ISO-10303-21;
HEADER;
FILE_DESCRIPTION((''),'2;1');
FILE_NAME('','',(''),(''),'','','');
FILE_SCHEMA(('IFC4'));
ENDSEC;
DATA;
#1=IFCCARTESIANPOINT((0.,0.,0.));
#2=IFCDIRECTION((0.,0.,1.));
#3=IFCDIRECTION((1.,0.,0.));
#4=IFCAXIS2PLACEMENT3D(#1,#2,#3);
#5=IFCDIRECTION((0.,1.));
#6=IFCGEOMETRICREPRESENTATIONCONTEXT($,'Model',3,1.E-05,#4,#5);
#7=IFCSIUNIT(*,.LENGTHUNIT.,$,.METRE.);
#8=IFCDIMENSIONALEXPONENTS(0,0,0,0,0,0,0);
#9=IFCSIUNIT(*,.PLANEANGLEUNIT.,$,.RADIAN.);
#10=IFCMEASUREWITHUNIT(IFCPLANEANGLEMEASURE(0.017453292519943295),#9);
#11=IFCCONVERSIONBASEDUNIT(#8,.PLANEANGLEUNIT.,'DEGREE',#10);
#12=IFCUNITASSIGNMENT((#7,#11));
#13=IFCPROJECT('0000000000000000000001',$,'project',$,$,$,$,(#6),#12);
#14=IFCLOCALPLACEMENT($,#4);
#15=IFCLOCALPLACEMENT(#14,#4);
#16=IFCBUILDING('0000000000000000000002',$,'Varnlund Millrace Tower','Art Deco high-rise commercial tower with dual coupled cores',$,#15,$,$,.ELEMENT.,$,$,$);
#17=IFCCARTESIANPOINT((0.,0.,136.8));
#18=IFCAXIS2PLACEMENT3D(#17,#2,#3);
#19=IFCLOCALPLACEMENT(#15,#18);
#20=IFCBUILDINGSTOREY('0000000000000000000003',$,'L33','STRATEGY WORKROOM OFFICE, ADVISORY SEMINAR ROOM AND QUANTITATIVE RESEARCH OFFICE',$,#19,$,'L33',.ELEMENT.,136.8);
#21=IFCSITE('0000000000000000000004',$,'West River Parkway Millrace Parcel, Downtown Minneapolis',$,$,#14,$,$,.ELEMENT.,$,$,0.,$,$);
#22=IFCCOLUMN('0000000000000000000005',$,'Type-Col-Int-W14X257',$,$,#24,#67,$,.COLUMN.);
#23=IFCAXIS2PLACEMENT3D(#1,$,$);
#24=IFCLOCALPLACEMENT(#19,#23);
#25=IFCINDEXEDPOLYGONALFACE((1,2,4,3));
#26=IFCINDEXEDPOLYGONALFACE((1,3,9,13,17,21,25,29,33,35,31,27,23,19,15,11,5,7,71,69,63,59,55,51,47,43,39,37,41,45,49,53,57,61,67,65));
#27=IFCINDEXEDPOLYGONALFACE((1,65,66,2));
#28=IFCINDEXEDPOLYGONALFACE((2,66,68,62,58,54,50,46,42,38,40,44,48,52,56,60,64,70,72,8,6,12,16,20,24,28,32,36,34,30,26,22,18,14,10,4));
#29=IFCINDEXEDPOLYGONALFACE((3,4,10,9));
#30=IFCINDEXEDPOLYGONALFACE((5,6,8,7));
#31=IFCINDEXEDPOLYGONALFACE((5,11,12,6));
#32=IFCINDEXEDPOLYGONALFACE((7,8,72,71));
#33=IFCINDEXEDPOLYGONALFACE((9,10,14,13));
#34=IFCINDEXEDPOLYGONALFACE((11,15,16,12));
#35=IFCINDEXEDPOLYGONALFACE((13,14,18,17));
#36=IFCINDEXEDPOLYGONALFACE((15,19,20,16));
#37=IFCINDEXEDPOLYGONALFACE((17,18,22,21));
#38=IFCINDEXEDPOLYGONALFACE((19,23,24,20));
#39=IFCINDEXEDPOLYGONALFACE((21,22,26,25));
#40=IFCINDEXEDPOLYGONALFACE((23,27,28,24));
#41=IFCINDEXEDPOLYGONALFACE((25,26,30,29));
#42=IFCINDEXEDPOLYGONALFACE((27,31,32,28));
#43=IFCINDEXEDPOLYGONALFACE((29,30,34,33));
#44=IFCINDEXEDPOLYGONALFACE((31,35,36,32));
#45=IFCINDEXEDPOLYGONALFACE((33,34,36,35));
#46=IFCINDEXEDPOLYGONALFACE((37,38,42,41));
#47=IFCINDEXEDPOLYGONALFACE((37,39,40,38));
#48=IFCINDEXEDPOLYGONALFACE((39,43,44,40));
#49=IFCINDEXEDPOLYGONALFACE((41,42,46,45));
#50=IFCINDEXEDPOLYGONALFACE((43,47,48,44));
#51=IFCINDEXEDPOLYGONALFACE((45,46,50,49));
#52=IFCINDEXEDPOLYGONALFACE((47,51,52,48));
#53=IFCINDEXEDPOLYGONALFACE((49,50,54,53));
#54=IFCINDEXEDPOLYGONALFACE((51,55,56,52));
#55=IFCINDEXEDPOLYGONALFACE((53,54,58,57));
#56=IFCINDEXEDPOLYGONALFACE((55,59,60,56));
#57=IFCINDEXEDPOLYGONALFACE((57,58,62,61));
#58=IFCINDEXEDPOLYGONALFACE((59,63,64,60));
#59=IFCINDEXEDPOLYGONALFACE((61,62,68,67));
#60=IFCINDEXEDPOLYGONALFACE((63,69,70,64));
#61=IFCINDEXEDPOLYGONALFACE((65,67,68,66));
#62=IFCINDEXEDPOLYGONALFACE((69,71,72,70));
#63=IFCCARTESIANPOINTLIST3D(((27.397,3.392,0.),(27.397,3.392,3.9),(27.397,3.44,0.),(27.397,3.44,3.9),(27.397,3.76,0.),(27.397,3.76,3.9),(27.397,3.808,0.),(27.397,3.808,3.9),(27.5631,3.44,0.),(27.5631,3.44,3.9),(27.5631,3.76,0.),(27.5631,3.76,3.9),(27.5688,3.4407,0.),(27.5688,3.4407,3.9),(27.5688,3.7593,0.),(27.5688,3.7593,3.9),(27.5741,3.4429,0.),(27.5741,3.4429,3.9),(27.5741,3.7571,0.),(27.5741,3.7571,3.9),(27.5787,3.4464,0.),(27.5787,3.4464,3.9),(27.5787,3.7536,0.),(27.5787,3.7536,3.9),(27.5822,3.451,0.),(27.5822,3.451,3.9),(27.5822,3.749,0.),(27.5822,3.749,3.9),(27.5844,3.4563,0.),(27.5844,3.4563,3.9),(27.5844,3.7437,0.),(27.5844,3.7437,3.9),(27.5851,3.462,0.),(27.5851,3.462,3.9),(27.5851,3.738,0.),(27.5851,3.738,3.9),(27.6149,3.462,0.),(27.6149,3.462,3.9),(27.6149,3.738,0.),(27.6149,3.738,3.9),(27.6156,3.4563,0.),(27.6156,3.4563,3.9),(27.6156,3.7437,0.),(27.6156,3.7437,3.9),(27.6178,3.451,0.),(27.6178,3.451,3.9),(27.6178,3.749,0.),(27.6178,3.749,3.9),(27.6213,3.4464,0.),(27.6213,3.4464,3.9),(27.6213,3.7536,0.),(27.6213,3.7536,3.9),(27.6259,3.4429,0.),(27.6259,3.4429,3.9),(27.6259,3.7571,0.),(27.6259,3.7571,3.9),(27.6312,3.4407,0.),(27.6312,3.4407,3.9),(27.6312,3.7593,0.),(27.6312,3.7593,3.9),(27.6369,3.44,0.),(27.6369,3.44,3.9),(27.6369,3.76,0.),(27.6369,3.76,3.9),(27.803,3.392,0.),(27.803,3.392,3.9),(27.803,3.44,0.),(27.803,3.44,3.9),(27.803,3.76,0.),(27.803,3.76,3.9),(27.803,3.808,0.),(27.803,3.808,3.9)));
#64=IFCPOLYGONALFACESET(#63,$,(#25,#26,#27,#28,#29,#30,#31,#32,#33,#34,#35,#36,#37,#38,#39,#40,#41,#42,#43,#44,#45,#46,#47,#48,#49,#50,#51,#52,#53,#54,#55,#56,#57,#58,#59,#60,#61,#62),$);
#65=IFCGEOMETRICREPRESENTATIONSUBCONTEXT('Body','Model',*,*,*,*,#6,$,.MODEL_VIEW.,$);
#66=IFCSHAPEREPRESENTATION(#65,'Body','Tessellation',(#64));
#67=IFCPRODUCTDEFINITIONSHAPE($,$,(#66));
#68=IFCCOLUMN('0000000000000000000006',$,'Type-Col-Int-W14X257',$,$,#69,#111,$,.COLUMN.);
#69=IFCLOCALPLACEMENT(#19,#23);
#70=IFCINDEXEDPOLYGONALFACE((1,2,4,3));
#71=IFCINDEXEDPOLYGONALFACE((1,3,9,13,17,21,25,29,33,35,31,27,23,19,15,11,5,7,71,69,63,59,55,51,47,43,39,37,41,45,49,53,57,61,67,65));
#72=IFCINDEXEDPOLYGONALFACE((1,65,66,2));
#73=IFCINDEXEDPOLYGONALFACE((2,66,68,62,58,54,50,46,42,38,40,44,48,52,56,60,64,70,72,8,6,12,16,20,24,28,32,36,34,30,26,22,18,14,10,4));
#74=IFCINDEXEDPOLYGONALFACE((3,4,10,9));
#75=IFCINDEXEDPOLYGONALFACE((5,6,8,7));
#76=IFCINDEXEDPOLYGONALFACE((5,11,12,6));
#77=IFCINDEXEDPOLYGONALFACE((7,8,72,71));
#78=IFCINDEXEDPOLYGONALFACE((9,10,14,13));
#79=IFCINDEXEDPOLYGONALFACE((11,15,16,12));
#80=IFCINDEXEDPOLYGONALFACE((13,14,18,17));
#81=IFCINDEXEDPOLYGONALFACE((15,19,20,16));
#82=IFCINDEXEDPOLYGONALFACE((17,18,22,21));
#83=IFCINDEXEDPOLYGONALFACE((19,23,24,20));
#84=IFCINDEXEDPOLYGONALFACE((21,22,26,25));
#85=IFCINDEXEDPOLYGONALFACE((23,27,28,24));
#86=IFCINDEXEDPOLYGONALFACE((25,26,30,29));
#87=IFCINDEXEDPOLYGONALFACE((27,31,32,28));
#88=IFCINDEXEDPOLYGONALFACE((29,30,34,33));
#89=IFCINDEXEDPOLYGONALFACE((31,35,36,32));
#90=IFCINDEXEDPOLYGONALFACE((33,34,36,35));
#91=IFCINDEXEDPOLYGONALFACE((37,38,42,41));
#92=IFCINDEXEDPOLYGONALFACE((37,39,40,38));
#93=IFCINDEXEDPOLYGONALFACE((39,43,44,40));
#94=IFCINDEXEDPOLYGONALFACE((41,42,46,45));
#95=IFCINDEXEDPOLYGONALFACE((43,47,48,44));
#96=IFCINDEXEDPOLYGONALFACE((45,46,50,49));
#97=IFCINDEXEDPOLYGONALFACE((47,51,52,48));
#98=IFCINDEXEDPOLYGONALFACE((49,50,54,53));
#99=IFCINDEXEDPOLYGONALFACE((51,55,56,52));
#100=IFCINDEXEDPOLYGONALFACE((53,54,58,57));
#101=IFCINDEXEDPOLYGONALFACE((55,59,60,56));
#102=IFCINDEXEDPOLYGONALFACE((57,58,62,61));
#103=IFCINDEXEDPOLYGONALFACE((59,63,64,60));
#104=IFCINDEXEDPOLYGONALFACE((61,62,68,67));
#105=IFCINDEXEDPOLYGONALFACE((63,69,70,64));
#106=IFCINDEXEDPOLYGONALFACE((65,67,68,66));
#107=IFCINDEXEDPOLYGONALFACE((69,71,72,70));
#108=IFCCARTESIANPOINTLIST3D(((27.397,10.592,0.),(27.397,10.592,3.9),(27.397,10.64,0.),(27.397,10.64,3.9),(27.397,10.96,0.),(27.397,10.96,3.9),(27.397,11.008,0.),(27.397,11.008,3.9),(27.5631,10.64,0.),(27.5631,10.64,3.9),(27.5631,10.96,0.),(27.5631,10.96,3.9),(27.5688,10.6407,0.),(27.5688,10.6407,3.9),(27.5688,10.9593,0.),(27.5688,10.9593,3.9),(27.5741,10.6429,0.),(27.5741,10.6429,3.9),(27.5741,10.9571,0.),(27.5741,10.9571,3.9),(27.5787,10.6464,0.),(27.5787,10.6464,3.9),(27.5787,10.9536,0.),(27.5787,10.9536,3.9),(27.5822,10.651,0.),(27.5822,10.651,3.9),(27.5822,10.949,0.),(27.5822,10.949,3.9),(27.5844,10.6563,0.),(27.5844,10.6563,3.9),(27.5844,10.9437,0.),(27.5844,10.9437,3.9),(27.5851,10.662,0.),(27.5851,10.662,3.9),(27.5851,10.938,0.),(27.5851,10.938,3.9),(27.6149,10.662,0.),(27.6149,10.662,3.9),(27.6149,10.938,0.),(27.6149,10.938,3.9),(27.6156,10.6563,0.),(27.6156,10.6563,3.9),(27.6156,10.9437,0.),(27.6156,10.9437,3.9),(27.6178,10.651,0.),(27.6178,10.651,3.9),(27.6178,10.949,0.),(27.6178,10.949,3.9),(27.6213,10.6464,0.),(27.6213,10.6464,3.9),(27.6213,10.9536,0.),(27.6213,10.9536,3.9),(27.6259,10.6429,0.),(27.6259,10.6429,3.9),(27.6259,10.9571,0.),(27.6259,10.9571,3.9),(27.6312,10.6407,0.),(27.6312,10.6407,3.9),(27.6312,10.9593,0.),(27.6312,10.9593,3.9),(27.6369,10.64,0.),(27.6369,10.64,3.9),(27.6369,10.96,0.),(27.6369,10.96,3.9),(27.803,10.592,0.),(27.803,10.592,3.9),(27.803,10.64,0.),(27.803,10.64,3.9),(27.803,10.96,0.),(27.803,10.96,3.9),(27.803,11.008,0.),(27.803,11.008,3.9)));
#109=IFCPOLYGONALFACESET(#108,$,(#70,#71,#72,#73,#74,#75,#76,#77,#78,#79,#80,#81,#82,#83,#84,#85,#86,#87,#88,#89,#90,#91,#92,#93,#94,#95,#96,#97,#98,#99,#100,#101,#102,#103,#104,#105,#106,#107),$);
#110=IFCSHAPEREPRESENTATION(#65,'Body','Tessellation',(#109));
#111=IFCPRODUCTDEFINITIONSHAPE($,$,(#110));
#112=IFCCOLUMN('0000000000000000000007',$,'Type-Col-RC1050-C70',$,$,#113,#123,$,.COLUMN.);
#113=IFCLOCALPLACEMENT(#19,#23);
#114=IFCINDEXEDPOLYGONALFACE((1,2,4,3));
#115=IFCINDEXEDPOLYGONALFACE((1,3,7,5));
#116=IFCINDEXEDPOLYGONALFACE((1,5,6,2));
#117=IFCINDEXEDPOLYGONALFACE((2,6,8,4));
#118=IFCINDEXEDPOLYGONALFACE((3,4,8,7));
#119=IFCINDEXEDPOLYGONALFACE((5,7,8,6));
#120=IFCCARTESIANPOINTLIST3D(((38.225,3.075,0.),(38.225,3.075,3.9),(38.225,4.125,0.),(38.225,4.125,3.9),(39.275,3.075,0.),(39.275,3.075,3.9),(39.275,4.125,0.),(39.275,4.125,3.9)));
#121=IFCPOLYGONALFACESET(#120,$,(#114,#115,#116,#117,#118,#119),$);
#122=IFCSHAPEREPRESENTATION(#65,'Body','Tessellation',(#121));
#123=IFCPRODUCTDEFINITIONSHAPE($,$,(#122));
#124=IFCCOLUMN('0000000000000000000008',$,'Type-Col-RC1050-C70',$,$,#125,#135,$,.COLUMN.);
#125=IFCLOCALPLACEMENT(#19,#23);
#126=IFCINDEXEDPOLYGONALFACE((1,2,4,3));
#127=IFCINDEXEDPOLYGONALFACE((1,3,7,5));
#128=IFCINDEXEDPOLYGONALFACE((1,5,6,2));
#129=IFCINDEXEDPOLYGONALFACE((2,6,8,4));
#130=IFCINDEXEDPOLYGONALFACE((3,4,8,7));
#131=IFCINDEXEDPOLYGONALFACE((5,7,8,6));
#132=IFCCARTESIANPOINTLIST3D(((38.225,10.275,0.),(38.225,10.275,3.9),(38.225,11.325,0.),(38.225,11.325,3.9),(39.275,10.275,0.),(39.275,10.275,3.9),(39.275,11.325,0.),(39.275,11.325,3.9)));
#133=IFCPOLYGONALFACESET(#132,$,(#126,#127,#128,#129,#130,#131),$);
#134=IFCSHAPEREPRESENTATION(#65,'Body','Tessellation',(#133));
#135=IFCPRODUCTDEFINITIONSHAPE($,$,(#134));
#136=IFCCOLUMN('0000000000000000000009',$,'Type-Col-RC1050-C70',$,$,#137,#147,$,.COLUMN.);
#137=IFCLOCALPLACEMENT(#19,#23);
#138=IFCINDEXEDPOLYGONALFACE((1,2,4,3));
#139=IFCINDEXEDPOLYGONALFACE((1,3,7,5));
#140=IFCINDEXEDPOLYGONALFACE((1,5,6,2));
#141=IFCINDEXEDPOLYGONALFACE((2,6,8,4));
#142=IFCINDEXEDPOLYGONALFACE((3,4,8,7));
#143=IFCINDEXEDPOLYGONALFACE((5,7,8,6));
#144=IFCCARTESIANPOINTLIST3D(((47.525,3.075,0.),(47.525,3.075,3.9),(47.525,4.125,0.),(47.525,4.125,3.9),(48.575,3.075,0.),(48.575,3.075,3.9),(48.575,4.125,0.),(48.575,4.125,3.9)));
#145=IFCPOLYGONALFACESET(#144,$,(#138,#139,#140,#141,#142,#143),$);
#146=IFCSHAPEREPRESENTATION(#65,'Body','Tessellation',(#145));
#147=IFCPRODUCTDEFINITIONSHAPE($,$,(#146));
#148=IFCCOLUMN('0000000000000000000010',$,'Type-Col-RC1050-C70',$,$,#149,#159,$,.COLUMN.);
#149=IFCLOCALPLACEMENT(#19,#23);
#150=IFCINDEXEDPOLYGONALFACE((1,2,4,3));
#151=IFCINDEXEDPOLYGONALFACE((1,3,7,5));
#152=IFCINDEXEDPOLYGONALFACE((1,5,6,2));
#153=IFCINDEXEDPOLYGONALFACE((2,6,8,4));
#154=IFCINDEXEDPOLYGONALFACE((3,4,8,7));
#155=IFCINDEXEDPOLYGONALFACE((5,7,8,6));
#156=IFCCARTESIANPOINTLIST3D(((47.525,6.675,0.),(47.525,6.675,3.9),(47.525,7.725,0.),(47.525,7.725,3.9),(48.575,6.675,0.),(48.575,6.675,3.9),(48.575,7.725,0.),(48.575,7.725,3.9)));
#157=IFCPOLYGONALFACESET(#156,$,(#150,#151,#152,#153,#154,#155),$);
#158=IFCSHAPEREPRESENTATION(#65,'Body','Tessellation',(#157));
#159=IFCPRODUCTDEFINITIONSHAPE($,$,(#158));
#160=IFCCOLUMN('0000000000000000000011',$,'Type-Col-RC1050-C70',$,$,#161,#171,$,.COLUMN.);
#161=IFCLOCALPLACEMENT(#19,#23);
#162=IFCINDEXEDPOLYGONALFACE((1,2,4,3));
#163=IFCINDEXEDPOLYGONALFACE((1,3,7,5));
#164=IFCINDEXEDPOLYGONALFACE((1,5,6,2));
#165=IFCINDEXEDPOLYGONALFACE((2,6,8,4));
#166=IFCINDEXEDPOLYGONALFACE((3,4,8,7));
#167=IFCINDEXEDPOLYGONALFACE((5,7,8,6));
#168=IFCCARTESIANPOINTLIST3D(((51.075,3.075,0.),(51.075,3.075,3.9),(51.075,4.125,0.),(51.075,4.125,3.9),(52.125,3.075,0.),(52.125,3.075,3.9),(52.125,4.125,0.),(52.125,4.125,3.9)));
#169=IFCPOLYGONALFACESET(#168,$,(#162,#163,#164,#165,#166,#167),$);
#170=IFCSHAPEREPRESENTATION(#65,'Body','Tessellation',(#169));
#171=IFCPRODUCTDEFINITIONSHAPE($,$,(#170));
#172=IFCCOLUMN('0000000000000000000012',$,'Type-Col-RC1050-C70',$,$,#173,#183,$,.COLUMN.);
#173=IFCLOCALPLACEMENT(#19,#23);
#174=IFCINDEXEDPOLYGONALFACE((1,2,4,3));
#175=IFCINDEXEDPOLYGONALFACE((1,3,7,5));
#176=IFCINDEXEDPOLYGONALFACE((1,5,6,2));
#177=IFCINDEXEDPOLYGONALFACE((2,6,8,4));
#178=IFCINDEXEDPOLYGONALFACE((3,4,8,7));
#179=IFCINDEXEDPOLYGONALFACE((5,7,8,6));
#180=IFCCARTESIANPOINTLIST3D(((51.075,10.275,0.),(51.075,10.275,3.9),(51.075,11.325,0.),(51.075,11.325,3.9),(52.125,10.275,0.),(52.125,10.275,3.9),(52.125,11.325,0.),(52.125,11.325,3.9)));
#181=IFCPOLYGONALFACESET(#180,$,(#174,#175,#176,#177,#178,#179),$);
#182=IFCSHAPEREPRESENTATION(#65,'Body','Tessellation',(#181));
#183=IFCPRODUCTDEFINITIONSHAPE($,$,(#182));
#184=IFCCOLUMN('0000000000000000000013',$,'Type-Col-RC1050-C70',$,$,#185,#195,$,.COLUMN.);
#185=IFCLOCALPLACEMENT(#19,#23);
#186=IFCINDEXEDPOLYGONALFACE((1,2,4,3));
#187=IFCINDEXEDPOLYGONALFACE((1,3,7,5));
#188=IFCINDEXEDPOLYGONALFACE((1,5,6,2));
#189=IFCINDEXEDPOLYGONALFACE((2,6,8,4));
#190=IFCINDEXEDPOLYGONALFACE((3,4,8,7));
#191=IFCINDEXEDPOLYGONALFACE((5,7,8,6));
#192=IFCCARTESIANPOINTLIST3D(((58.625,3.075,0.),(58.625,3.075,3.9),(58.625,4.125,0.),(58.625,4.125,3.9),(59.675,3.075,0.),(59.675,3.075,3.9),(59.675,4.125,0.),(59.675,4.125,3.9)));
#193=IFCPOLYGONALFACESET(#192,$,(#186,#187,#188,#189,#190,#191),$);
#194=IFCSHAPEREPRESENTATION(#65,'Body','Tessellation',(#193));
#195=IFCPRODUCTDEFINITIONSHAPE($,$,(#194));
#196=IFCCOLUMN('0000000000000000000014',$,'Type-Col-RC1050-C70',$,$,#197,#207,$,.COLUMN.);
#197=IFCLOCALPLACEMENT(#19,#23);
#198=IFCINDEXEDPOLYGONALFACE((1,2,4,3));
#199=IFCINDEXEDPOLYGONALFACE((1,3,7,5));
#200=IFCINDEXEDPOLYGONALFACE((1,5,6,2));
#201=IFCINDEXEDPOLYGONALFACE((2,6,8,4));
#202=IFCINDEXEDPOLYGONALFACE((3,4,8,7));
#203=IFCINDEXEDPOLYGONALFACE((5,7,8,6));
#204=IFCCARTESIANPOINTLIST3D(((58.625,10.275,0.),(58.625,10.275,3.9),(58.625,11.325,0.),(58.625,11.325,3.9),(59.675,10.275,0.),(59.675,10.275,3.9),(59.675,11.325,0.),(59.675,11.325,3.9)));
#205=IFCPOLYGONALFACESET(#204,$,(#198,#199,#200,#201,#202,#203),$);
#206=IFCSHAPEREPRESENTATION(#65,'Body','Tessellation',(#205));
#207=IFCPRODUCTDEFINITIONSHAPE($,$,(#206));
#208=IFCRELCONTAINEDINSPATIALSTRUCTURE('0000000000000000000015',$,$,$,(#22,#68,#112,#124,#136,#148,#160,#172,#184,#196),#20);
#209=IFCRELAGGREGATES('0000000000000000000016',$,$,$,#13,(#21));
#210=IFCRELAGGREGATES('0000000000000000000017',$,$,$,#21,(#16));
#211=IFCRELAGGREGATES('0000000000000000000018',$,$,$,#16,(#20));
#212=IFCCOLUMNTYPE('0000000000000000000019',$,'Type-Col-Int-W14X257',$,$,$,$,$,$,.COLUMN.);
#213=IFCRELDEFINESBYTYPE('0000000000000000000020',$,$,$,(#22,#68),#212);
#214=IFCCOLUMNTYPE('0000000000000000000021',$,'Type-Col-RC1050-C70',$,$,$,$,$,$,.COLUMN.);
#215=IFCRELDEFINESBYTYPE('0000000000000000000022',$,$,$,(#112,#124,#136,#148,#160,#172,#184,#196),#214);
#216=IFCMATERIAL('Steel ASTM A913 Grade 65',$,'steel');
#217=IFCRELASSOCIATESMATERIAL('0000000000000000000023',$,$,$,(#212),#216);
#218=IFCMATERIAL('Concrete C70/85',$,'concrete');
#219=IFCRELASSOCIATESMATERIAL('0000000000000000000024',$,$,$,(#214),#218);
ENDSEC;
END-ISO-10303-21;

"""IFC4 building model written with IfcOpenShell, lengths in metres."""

from ifc_helpers import new_model, entity, si_unit, converted_unit, direction, frame, origin_with_axes, origin_2d_with_axis, place, context, subcontext, project, spatial, rectangle, i_section, extrude, material, material_profile, profile_set, type_object, element, save


model = new_model("IFC4")

# Units and contexts
model_context = context("Model", 3, precision=1e-05, world=origin_with_axes(), true_north=direction((0.0, 1.0)))
body_context = subcontext(model_context, "Body", "Model", "MODEL_VIEW")
ifc_project = project(units=[si_unit("LENGTHUNIT", "METRE"), converted_unit("PLANEANGLEUNIT", "DEGREE", entity("IfcPlaneAngleMeasure", 0.017453292519943295), si_unit("PLANEANGLEUNIT", "RADIAN"), dimensions=[0, 0, 0, 0, 0, 0, 0])], contexts=[model_context])

# Site, building, storey
site_placement = place(None, origin_with_axes())
site = spatial("IfcSite", under=ifc_project, at=site_placement, Name="West River Parkway Millrace Parcel, Downtown Minneapolis", CompositionType="ELEMENT", RefElevation=0.0)
building_placement = place(site_placement, origin_with_axes())
building = spatial("IfcBuilding", under=site, at=building_placement, Name="Varnlund Millrace Tower", Description="Art Deco high-rise commercial tower with dual coupled cores", CompositionType="ELEMENT")
storey_placement = place(building_placement, frame((0.0, 0.0, 136.8), z_axis=(0.0, 0.0, 1.0), x_axis=(1.0, 0.0, 0.0)))
storey = spatial("IfcBuildingStorey", under=building, at=storey_placement, Name="L33", Description="STRATEGY WORKROOM OFFICE, ADVISORY SEMINAR ROOM AND QUANTITATIVE RESEARCH OFFICE", LongName="L33", CompositionType="ELEMENT", Elevation=136.8)

# Columns
ifc_material_1 = material(Name="Steel ASTM A913 Grade 65", Category="steel")
ifc_material_profile_1 = material_profile(ifc_material_1, i_section(OverallWidth=0.406, OverallDepth=0.416, WebThickness=0.0298, FlangeThickness=0.048, FilletRadius=0.022, at=origin_2d_with_axis()), Name="Steel ASTM A913 Grade 65")
ifc_profile_set_1 = profile_set([ifc_material_profile_1], Name="Steel ASTM A913 Grade 65")
column_type_1 = type_object("IfcColumnType", Name="Type-Col-Int-W14X257", PredefinedType="COLUMN", material=ifc_profile_set_1)
for number, where, z_axis, x_axis, name in (
    (1, (27.6, 3.6, 0.0), (0.0, 0.0, 1.0), (1.0, 0.0, 0.0), "Type-Col-Int-W14X257"),
    (2, (27.6, 10.8, 0.0), (0.0, 0.0, 1.0), (1.0, 0.0, 0.0), "Type-Col-Int-W14X257"),
):
    element("IfcColumn", number, at=place(storey_placement, frame(where, z_axis=z_axis, x_axis=x_axis)), inside=storey, type_object=column_type_1, Name=name, PredefinedType="COLUMN", context=body_context, shape_type="SweptSolid", body=[
        extrude(i_section(OverallWidth=0.406, OverallDepth=0.416, WebThickness=0.0298, FlangeThickness=0.048, FilletRadius=0.022, at=origin_2d_with_axis()), origin_with_axes(), (0.0, 0.0, 1.0), 3.9),
    ])
ifc_material_2 = material(Name="Concrete C70/85", Category="concrete")
ifc_material_profile_2 = material_profile(ifc_material_2, rectangle(XDim=1.05, YDim=1.05, at=origin_2d_with_axis()), Name="Concrete C70/85")
ifc_profile_set_2 = profile_set([ifc_material_profile_2], Name="Concrete C70/85")
column_type_2 = type_object("IfcColumnType", Name="Type-Col-RC1050-C70", PredefinedType="COLUMN", material=ifc_profile_set_2)
for number, where, z_axis, x_axis, name in (
    (3, (38.75, 3.6, 0.0), (0.0, 0.0, 1.0), (1.0, 0.0, 0.0), "Type-Col-RC1050-C70"),
    (4, (38.75, 10.8, 0.0), (0.0, 0.0, 1.0), (1.0, 0.0, 0.0), "Type-Col-RC1050-C70"),
    (5, (48.05, 3.6, 0.0), (0.0, 0.0, 1.0), (1.0, 0.0, 0.0), "Type-Col-RC1050-C70"),
    (6, (48.05, 7.2, 0.0), (0.0, 0.0, 1.0), (1.0, 0.0, 0.0), "Type-Col-RC1050-C70"),
    (7, (51.6, 3.6, 0.0), (0.0, 0.0, 1.0), (1.0, 0.0, 0.0), "Type-Col-RC1050-C70"),
    (8, (51.6, 10.8, 0.0), (0.0, 0.0, 1.0), (1.0, 0.0, 0.0), "Type-Col-RC1050-C70"),
    (9, (59.15, 3.6, 0.0), (0.0, 0.0, 1.0), (1.0, 0.0, 0.0), "Type-Col-RC1050-C70"),
    (10, (59.15, 10.8, 0.0), (0.0, 0.0, 1.0), (1.0, 0.0, 0.0), "Type-Col-RC1050-C70"),
):
    element("IfcColumn", number, at=place(storey_placement, frame(where, z_axis=z_axis, x_axis=x_axis)), inside=storey, type_object=column_type_2, Name=name, PredefinedType="COLUMN", context=body_context, shape_type="SweptSolid", body=[
        extrude(rectangle(XDim=1.05, YDim=1.05, at=origin_2d_with_axis()), origin_with_axes(), (0.0, 0.0, 1.0), 3.9),
    ])

save(model, "model.ifc")
